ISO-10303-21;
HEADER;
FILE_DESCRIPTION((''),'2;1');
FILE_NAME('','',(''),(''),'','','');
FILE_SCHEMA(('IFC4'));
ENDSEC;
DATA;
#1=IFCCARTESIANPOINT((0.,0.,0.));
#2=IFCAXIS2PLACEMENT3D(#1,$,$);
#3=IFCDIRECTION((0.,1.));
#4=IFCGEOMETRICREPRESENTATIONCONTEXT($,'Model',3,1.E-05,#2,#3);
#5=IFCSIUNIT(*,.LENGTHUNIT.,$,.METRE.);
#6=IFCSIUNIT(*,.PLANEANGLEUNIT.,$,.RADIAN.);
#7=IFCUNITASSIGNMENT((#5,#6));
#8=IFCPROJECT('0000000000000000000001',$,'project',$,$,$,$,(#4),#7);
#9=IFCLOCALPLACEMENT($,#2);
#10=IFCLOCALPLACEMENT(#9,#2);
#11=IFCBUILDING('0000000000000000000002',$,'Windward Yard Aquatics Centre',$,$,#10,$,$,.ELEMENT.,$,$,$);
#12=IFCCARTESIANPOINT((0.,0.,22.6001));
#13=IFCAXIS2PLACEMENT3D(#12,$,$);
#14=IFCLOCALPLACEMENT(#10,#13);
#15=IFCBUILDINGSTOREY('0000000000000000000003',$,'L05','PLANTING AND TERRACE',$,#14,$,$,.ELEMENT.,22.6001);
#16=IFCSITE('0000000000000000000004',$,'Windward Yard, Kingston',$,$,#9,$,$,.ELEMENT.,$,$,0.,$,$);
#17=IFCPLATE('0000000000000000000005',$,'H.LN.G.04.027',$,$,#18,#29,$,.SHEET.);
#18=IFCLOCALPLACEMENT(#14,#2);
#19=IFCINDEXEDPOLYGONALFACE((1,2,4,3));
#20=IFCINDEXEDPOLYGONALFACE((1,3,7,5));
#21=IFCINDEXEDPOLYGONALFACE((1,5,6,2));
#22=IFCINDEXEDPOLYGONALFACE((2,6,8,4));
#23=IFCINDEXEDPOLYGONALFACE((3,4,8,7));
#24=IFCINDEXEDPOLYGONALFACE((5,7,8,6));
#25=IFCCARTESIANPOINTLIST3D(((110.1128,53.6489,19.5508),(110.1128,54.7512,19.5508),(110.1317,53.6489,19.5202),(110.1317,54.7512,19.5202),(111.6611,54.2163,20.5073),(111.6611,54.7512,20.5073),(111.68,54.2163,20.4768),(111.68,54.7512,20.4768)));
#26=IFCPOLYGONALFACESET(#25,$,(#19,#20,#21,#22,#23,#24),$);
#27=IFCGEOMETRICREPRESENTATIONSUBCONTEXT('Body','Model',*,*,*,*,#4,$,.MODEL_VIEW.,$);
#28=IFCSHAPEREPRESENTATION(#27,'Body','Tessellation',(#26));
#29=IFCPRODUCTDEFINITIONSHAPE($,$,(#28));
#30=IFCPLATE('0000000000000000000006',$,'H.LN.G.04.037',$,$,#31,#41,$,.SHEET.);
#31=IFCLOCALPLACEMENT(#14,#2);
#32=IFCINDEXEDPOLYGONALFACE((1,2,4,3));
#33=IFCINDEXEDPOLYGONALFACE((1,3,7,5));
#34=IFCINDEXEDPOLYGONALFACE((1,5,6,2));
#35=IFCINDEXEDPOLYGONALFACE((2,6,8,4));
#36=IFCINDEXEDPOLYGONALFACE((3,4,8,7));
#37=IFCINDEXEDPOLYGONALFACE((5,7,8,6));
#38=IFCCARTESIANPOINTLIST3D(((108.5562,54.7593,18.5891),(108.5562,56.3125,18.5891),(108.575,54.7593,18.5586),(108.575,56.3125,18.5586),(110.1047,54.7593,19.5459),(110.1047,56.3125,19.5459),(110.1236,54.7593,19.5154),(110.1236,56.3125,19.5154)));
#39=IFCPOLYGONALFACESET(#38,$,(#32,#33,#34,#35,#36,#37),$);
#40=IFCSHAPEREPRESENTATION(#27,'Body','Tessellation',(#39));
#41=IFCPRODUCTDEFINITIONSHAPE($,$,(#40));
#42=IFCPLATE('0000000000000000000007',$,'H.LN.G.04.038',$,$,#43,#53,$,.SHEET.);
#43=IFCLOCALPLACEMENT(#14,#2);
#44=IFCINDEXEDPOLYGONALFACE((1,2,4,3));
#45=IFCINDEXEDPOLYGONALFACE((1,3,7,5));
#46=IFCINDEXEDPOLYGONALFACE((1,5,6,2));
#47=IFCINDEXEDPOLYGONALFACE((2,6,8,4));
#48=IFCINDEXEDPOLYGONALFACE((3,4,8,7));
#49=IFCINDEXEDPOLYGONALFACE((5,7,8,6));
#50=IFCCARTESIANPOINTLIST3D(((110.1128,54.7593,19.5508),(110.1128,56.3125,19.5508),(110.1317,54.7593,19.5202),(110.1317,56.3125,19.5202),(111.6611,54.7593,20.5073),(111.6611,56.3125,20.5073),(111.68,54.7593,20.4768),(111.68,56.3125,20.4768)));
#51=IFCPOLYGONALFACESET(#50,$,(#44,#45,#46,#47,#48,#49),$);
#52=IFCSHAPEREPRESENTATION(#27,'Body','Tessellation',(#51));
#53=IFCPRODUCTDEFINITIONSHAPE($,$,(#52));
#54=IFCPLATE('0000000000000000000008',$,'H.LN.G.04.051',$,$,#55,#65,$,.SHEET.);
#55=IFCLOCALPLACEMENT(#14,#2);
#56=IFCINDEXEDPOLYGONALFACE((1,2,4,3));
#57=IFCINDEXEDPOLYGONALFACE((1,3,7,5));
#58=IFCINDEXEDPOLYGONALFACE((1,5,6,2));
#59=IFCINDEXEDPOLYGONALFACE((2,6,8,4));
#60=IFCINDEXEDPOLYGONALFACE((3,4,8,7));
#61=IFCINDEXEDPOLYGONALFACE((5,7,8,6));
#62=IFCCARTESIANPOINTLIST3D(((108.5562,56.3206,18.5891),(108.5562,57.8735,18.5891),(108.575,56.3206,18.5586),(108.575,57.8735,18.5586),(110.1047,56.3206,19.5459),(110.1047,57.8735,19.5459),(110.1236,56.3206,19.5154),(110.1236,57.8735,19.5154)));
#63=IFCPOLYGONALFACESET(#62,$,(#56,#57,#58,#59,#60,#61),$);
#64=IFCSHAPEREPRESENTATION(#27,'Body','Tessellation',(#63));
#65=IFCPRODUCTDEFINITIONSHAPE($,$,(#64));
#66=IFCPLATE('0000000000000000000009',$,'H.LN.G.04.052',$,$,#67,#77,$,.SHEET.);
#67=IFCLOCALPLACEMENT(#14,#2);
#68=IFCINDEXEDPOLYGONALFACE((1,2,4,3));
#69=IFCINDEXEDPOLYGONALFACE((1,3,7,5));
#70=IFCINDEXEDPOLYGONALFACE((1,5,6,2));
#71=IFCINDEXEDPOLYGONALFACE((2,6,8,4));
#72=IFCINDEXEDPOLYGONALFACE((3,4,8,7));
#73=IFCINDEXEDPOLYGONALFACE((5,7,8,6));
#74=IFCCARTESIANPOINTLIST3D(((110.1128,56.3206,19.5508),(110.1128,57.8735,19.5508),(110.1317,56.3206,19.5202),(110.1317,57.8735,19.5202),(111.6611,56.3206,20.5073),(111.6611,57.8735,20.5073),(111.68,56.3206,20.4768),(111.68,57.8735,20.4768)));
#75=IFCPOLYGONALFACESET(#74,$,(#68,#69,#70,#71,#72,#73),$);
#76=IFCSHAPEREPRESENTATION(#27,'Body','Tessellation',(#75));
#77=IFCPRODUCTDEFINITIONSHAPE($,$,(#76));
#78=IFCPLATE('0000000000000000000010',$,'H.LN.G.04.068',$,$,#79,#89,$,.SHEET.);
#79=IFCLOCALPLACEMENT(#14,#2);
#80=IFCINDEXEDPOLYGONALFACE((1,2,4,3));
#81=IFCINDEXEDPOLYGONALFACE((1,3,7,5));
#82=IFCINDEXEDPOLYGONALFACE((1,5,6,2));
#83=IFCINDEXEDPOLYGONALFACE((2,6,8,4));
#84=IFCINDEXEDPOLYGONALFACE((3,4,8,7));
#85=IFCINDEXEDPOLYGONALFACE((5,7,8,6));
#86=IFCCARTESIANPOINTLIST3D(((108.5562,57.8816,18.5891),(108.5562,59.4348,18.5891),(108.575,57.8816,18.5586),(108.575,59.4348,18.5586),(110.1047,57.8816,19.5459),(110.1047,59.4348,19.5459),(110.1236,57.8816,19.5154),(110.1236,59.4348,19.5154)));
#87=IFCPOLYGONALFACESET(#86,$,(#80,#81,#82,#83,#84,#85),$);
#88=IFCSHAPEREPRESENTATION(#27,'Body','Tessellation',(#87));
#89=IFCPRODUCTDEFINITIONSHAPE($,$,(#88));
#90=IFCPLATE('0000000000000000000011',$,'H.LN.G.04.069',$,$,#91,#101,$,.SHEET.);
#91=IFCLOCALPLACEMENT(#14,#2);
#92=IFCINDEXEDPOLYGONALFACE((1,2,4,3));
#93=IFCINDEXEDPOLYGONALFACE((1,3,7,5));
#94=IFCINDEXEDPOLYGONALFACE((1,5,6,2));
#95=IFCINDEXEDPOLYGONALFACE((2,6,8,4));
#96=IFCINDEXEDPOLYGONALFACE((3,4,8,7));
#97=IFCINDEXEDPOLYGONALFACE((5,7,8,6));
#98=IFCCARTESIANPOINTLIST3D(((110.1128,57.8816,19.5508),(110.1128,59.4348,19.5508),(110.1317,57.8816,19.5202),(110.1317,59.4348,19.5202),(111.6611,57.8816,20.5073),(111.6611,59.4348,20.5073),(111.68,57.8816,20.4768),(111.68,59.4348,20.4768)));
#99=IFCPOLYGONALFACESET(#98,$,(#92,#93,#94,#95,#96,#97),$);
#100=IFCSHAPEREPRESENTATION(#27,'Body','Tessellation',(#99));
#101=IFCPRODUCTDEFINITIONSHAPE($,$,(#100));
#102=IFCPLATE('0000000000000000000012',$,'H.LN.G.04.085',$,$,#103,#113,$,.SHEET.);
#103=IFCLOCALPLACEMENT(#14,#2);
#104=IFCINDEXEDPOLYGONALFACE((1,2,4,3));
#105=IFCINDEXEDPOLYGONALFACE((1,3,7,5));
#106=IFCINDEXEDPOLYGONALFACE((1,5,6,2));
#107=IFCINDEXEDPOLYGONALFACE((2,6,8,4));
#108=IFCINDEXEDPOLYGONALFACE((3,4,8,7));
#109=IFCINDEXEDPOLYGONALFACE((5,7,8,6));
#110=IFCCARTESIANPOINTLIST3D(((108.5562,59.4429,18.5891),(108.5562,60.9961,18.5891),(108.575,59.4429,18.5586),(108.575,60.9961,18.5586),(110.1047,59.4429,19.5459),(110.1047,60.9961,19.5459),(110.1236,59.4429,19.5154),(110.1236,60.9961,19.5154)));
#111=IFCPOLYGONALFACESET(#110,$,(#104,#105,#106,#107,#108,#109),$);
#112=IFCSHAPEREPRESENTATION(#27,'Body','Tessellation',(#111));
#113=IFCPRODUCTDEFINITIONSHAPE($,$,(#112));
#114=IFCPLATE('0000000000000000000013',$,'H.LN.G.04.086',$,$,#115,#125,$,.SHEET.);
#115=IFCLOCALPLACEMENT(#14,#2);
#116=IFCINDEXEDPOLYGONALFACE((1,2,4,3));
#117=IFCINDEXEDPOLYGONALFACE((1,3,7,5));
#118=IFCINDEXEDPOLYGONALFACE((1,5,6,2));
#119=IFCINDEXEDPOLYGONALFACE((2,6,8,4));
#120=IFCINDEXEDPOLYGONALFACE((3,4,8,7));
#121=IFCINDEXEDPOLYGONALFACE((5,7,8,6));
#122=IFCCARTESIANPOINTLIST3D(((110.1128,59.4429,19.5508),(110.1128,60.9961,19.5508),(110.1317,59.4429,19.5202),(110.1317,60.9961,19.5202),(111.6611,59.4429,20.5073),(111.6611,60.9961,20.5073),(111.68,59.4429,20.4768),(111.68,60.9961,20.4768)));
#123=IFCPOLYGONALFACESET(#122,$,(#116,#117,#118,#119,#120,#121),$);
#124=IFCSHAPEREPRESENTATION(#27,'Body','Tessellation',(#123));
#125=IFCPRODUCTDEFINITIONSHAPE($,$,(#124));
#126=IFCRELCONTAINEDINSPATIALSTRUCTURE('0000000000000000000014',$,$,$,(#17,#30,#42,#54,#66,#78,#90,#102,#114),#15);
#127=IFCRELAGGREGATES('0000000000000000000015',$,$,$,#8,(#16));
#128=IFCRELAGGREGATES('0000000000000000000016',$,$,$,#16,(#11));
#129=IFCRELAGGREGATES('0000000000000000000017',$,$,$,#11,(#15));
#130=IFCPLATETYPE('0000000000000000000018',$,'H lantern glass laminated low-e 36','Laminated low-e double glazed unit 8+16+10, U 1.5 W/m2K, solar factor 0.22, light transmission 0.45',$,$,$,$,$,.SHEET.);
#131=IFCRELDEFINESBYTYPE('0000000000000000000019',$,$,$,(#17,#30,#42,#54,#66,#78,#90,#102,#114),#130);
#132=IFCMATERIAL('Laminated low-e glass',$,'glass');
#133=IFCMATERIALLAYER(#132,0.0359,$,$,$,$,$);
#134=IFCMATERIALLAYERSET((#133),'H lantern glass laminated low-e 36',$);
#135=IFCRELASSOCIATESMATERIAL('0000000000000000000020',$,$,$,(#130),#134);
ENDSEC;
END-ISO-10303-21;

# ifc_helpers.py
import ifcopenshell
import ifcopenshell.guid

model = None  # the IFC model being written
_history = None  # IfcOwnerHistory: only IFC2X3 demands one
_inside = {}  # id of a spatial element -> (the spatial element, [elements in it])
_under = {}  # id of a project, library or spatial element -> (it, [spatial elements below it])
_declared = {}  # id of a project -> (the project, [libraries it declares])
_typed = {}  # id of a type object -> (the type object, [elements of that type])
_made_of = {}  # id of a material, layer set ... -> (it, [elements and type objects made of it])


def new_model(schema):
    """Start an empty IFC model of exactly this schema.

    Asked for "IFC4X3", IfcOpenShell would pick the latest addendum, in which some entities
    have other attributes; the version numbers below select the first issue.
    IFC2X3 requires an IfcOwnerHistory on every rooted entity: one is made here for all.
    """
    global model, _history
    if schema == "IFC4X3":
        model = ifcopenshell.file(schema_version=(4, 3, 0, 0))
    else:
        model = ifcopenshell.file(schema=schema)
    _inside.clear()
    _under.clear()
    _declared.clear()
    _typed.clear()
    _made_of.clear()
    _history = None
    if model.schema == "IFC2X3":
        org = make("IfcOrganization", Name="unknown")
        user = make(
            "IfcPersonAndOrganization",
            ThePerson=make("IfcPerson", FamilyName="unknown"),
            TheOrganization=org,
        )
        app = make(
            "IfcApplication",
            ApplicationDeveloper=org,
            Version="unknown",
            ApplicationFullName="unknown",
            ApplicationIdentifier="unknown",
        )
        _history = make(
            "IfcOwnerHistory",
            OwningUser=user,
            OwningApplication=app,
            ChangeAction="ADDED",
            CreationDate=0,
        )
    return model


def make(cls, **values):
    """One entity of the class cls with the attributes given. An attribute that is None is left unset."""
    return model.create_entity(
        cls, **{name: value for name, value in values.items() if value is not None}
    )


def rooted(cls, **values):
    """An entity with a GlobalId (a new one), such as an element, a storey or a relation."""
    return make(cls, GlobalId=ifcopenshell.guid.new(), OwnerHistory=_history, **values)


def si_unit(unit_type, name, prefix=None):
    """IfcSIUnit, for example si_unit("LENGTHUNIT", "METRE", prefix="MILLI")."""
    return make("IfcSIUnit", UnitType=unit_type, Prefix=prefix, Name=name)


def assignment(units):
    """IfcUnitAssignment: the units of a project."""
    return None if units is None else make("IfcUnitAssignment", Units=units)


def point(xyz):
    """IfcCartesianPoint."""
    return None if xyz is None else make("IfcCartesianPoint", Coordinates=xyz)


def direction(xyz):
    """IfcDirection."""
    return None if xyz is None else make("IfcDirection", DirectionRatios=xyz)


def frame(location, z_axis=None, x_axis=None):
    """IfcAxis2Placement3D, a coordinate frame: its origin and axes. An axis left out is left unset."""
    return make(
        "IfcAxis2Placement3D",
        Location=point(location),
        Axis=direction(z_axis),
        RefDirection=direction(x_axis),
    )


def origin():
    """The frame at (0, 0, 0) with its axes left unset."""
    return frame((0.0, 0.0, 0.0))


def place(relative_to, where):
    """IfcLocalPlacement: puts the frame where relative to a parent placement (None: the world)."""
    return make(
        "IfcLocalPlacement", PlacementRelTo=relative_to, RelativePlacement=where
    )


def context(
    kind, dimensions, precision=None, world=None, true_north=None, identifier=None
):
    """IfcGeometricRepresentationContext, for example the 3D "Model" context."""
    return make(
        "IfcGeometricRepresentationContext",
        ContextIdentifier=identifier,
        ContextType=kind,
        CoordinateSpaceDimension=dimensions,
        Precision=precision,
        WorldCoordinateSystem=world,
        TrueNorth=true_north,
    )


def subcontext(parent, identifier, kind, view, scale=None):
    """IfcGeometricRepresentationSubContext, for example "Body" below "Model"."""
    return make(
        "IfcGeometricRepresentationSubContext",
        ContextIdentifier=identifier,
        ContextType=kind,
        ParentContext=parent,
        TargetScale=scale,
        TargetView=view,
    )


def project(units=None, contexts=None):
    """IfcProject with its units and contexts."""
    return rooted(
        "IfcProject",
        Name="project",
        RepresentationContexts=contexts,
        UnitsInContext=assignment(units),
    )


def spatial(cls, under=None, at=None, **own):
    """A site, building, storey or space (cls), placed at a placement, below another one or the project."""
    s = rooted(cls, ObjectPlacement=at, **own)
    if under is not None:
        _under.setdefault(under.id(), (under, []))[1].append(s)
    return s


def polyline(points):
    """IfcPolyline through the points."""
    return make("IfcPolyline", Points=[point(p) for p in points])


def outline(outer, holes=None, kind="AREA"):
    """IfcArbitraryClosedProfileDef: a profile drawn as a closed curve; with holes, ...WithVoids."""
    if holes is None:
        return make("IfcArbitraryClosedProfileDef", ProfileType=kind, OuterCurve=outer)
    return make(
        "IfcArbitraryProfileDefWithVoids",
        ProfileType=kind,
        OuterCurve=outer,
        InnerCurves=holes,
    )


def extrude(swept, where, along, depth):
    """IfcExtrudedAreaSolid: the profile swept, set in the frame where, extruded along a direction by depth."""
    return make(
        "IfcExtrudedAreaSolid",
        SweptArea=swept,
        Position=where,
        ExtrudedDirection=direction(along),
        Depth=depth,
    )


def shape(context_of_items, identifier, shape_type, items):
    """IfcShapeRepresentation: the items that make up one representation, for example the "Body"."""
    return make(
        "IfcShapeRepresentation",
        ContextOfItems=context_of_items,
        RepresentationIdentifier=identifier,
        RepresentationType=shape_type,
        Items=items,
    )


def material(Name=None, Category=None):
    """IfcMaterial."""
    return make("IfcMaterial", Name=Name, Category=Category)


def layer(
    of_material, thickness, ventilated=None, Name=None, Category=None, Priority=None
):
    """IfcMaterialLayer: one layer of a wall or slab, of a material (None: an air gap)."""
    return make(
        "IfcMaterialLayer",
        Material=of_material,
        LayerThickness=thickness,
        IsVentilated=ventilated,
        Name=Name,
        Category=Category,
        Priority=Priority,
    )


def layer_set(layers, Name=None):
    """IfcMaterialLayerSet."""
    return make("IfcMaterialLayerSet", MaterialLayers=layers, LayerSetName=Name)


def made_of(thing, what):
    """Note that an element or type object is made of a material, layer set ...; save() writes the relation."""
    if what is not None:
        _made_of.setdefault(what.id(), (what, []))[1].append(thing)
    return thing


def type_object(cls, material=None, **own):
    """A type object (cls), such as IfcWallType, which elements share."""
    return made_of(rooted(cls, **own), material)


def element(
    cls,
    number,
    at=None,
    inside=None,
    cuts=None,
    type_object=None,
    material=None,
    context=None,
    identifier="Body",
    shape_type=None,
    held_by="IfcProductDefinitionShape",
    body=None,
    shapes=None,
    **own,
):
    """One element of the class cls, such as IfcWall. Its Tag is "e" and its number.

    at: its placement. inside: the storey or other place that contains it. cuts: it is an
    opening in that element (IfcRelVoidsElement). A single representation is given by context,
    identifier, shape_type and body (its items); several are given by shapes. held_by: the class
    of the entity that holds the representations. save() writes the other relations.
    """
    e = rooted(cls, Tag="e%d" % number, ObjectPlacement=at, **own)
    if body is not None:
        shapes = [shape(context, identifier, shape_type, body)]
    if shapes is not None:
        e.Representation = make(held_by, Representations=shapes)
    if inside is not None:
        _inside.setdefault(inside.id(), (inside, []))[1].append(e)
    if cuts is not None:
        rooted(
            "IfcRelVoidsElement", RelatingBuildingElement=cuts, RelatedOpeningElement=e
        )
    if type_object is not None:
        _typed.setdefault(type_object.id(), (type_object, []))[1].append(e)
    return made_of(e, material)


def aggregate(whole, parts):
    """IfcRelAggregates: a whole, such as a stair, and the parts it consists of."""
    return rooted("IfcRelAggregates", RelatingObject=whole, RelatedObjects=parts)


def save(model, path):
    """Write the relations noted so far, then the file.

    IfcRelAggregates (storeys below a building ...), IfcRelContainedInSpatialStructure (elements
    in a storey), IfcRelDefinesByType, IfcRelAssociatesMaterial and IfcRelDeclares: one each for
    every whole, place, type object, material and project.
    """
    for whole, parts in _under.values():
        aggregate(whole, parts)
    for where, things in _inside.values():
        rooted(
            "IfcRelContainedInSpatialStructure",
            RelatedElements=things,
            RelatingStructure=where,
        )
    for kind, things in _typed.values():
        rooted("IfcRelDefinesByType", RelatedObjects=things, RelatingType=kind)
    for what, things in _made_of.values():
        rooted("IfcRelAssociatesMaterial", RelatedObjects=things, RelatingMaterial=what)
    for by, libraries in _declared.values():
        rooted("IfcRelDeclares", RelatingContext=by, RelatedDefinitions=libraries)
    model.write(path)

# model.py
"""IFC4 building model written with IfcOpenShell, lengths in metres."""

from ifc_helpers import new_model, si_unit, direction, frame, origin, place, context, subcontext, project, spatial, polyline, outline, extrude, material, layer, layer_set, type_object, element, save


model = new_model("IFC4")

# Units and contexts
model_context = context("Model", 3, precision=1e-05, world=origin(), true_north=direction((0.0, 1.0)))
body_context = subcontext(model_context, "Body", "Model", "MODEL_VIEW")
ifc_project = project(units=[si_unit("LENGTHUNIT", "METRE"), si_unit("PLANEANGLEUNIT", "RADIAN")], contexts=[model_context])

# Site, building, storey
site_placement = place(None, origin())
site = spatial("IfcSite", under=ifc_project, at=site_placement, Name="Windward Yard, Kingston", CompositionType="ELEMENT", RefElevation=0.0)
building_placement = place(site_placement, origin())
building = spatial("IfcBuilding", under=site, at=building_placement, Name="Windward Yard Aquatics Centre", CompositionType="ELEMENT")
storey_placement = place(building_placement, frame((0.0, 0.0, 22.6001)))
storey = spatial("IfcBuildingStorey", under=building, at=storey_placement, Name="L05", Description="PLANTING AND TERRACE", CompositionType="ELEMENT", Elevation=22.6001)

# Plates
ifc_material_1 = material(Name="Laminated low-e glass", Category="glass")
ifc_layer = layer(ifc_material_1, 0.0359)
ifc_layer_set = layer_set([ifc_layer], Name="H lantern glass laminated low-e 36")
plate_type = type_object("IfcPlateType", Name="H lantern glass laminated low-e 36", Description="Laminated low-e double glazed unit 8+16+10, U 1.5 W/m2K, solar factor 0.22, light transmission 0.45", PredefinedType="SHEET", material=ifc_layer_set)
plate_1_placement = place(storey_placement, frame((110.1128, 53.6489, 19.5508), z_axis=(-0.525579, 0.0, 0.850745), x_axis=(0.0, 1.0, 0.0)))
element("IfcPlate", 1, at=plate_1_placement, inside=storey, type_object=plate_type, Name="H.LN.G.04.027", PredefinedType="SHEET", context=body_context, shape_type="SweptSolid", body=[
    extrude(outline(polyline([(0.0, 0.0), (1.1023, 0.0), (1.1023, -1.82), (0.5674, -1.82), (0.0, 0.0)])), origin(), (0.0, 0.0, -1.0), 0.0359),
])
plate_2_placement = place(storey_placement, frame((108.5562, 54.7593, 18.5891), z_axis=(-0.525616, 0.0, 0.850722), x_axis=(0.0, 1.0, 0.0)))
element("IfcPlate", 2, at=plate_2_placement, inside=storey, type_object=plate_type, Name="H.LN.G.04.037", PredefinedType="SHEET", context=body_context, shape_type="SweptSolid", body=[
    extrude(outline(polyline([(0.0, 0.0), (1.5532, 0.0), (1.5532, -1.8203), (0.0, -1.8203), (0.0, 0.0)])), origin(), (0.0, 0.0, -1.0), 0.0359),
])
plate_3_placement = place(storey_placement, frame((110.1128, 54.7593, 19.5508), z_axis=(-0.525579, 0.0, 0.850745), x_axis=(0.0, 1.0, 0.0)))
element("IfcPlate", 3, at=plate_3_placement, inside=storey, type_object=plate_type, Name="H.LN.G.04.038", PredefinedType="SHEET", context=body_context, shape_type="SweptSolid", body=[
    extrude(outline(polyline([(0.0, 0.0), (1.5532, 0.0), (1.5532, -1.82), (0.0, -1.82), (0.0, 0.0)])), origin(), (0.0, 0.0, -1.0), 0.0359),
])
plate_4_placement = place(storey_placement, frame((108.5562, 56.3206, 18.5891), z_axis=(-0.525616, 0.0, 0.850722), x_axis=(0.0, 1.0, 0.0)))
element("IfcPlate", 4, at=plate_4_placement, inside=storey, type_object=plate_type, Name="H.LN.G.04.051", PredefinedType="SHEET", context=body_context, shape_type="SweptSolid", body=[
    extrude(outline(polyline([(0.0, 0.0), (1.553, 0.0), (1.553, -1.8203), (0.0, -1.8203), (0.0, 0.0)])), origin(), (0.0, 0.0, -1.0), 0.0359),
])
plate_5_placement = place(storey_placement, frame((110.1128, 56.3206, 19.5508), z_axis=(-0.525579, 0.0, 0.850745), x_axis=(0.0, 1.0, 0.0)))
element("IfcPlate", 5, at=plate_5_placement, inside=storey, type_object=plate_type, Name="H.LN.G.04.052", PredefinedType="SHEET", context=body_context, shape_type="SweptSolid", body=[
    extrude(outline(polyline([(0.0, 0.0), (1.553, 0.0), (1.553, -1.82), (0.0, -1.82), (0.0, 0.0)])), origin(), (0.0, 0.0, -1.0), 0.0359),
])
plate_6_placement = place(storey_placement, frame((108.5562, 57.8816, 18.5891), z_axis=(-0.525616, 0.0, 0.850722), x_axis=(0.0, 1.0, 0.0)))
element("IfcPlate", 6, at=plate_6_placement, inside=storey, type_object=plate_type, Name="H.LN.G.04.068", PredefinedType="SHEET", context=body_context, shape_type="SweptSolid", body=[
    extrude(outline(polyline([(0.0, 0.0), (1.5532, 0.0), (1.5532, -1.8203), (0.0, -1.8203), (0.0, 0.0)])), origin(), (0.0, 0.0, -1.0), 0.0359),
])
plate_7_placement = place(storey_placement, frame((110.1128, 57.8816, 19.5508), z_axis=(-0.525579, 0.0, 0.850745), x_axis=(0.0, 1.0, 0.0)))
element("IfcPlate", 7, at=plate_7_placement, inside=storey, type_object=plate_type, Name="H.LN.G.04.069", PredefinedType="SHEET", context=body_context, shape_type="SweptSolid", body=[
    extrude(outline(polyline([(0.0, 0.0), (1.5532, 0.0), (1.5532, -1.82), (0.0, -1.82), (0.0, 0.0)])), origin(), (0.0, 0.0, -1.0), 0.0359),
])
plate_8_placement = place(storey_placement, frame((108.5562, 59.4429, 18.5891), z_axis=(-0.525616, 0.0, 0.850722), x_axis=(0.0, 1.0, 0.0)))
element("IfcPlate", 8, at=plate_8_placement, inside=storey, type_object=plate_type, Name="H.LN.G.04.085", PredefinedType="SHEET", context=body_context, shape_type="SweptSolid", body=[
    extrude(outline(polyline([(0.0, 0.0), (1.5532, 0.0), (1.5532, -1.8203), (0.0, -1.8203), (0.0, 0.0)])), origin(), (0.0, 0.0, -1.0), 0.0359),
])
plate_9_placement = place(storey_placement, frame((110.1128, 59.4429, 19.5508), z_axis=(-0.525579, 0.0, 0.850745), x_axis=(0.0, 1.0, 0.0)))
element("IfcPlate", 9, at=plate_9_placement, inside=storey, type_object=plate_type, Name="H.LN.G.04.086", PredefinedType="SHEET", context=body_context, shape_type="SweptSolid", body=[
    extrude(outline(polyline([(0.0, 0.0), (1.5532, 0.0), (1.5532, -1.82), (0.0, -1.82), (0.0, 0.0)])), origin(), (0.0, 0.0, -1.0), 0.0359),
])

save(model, "model.ifc")
